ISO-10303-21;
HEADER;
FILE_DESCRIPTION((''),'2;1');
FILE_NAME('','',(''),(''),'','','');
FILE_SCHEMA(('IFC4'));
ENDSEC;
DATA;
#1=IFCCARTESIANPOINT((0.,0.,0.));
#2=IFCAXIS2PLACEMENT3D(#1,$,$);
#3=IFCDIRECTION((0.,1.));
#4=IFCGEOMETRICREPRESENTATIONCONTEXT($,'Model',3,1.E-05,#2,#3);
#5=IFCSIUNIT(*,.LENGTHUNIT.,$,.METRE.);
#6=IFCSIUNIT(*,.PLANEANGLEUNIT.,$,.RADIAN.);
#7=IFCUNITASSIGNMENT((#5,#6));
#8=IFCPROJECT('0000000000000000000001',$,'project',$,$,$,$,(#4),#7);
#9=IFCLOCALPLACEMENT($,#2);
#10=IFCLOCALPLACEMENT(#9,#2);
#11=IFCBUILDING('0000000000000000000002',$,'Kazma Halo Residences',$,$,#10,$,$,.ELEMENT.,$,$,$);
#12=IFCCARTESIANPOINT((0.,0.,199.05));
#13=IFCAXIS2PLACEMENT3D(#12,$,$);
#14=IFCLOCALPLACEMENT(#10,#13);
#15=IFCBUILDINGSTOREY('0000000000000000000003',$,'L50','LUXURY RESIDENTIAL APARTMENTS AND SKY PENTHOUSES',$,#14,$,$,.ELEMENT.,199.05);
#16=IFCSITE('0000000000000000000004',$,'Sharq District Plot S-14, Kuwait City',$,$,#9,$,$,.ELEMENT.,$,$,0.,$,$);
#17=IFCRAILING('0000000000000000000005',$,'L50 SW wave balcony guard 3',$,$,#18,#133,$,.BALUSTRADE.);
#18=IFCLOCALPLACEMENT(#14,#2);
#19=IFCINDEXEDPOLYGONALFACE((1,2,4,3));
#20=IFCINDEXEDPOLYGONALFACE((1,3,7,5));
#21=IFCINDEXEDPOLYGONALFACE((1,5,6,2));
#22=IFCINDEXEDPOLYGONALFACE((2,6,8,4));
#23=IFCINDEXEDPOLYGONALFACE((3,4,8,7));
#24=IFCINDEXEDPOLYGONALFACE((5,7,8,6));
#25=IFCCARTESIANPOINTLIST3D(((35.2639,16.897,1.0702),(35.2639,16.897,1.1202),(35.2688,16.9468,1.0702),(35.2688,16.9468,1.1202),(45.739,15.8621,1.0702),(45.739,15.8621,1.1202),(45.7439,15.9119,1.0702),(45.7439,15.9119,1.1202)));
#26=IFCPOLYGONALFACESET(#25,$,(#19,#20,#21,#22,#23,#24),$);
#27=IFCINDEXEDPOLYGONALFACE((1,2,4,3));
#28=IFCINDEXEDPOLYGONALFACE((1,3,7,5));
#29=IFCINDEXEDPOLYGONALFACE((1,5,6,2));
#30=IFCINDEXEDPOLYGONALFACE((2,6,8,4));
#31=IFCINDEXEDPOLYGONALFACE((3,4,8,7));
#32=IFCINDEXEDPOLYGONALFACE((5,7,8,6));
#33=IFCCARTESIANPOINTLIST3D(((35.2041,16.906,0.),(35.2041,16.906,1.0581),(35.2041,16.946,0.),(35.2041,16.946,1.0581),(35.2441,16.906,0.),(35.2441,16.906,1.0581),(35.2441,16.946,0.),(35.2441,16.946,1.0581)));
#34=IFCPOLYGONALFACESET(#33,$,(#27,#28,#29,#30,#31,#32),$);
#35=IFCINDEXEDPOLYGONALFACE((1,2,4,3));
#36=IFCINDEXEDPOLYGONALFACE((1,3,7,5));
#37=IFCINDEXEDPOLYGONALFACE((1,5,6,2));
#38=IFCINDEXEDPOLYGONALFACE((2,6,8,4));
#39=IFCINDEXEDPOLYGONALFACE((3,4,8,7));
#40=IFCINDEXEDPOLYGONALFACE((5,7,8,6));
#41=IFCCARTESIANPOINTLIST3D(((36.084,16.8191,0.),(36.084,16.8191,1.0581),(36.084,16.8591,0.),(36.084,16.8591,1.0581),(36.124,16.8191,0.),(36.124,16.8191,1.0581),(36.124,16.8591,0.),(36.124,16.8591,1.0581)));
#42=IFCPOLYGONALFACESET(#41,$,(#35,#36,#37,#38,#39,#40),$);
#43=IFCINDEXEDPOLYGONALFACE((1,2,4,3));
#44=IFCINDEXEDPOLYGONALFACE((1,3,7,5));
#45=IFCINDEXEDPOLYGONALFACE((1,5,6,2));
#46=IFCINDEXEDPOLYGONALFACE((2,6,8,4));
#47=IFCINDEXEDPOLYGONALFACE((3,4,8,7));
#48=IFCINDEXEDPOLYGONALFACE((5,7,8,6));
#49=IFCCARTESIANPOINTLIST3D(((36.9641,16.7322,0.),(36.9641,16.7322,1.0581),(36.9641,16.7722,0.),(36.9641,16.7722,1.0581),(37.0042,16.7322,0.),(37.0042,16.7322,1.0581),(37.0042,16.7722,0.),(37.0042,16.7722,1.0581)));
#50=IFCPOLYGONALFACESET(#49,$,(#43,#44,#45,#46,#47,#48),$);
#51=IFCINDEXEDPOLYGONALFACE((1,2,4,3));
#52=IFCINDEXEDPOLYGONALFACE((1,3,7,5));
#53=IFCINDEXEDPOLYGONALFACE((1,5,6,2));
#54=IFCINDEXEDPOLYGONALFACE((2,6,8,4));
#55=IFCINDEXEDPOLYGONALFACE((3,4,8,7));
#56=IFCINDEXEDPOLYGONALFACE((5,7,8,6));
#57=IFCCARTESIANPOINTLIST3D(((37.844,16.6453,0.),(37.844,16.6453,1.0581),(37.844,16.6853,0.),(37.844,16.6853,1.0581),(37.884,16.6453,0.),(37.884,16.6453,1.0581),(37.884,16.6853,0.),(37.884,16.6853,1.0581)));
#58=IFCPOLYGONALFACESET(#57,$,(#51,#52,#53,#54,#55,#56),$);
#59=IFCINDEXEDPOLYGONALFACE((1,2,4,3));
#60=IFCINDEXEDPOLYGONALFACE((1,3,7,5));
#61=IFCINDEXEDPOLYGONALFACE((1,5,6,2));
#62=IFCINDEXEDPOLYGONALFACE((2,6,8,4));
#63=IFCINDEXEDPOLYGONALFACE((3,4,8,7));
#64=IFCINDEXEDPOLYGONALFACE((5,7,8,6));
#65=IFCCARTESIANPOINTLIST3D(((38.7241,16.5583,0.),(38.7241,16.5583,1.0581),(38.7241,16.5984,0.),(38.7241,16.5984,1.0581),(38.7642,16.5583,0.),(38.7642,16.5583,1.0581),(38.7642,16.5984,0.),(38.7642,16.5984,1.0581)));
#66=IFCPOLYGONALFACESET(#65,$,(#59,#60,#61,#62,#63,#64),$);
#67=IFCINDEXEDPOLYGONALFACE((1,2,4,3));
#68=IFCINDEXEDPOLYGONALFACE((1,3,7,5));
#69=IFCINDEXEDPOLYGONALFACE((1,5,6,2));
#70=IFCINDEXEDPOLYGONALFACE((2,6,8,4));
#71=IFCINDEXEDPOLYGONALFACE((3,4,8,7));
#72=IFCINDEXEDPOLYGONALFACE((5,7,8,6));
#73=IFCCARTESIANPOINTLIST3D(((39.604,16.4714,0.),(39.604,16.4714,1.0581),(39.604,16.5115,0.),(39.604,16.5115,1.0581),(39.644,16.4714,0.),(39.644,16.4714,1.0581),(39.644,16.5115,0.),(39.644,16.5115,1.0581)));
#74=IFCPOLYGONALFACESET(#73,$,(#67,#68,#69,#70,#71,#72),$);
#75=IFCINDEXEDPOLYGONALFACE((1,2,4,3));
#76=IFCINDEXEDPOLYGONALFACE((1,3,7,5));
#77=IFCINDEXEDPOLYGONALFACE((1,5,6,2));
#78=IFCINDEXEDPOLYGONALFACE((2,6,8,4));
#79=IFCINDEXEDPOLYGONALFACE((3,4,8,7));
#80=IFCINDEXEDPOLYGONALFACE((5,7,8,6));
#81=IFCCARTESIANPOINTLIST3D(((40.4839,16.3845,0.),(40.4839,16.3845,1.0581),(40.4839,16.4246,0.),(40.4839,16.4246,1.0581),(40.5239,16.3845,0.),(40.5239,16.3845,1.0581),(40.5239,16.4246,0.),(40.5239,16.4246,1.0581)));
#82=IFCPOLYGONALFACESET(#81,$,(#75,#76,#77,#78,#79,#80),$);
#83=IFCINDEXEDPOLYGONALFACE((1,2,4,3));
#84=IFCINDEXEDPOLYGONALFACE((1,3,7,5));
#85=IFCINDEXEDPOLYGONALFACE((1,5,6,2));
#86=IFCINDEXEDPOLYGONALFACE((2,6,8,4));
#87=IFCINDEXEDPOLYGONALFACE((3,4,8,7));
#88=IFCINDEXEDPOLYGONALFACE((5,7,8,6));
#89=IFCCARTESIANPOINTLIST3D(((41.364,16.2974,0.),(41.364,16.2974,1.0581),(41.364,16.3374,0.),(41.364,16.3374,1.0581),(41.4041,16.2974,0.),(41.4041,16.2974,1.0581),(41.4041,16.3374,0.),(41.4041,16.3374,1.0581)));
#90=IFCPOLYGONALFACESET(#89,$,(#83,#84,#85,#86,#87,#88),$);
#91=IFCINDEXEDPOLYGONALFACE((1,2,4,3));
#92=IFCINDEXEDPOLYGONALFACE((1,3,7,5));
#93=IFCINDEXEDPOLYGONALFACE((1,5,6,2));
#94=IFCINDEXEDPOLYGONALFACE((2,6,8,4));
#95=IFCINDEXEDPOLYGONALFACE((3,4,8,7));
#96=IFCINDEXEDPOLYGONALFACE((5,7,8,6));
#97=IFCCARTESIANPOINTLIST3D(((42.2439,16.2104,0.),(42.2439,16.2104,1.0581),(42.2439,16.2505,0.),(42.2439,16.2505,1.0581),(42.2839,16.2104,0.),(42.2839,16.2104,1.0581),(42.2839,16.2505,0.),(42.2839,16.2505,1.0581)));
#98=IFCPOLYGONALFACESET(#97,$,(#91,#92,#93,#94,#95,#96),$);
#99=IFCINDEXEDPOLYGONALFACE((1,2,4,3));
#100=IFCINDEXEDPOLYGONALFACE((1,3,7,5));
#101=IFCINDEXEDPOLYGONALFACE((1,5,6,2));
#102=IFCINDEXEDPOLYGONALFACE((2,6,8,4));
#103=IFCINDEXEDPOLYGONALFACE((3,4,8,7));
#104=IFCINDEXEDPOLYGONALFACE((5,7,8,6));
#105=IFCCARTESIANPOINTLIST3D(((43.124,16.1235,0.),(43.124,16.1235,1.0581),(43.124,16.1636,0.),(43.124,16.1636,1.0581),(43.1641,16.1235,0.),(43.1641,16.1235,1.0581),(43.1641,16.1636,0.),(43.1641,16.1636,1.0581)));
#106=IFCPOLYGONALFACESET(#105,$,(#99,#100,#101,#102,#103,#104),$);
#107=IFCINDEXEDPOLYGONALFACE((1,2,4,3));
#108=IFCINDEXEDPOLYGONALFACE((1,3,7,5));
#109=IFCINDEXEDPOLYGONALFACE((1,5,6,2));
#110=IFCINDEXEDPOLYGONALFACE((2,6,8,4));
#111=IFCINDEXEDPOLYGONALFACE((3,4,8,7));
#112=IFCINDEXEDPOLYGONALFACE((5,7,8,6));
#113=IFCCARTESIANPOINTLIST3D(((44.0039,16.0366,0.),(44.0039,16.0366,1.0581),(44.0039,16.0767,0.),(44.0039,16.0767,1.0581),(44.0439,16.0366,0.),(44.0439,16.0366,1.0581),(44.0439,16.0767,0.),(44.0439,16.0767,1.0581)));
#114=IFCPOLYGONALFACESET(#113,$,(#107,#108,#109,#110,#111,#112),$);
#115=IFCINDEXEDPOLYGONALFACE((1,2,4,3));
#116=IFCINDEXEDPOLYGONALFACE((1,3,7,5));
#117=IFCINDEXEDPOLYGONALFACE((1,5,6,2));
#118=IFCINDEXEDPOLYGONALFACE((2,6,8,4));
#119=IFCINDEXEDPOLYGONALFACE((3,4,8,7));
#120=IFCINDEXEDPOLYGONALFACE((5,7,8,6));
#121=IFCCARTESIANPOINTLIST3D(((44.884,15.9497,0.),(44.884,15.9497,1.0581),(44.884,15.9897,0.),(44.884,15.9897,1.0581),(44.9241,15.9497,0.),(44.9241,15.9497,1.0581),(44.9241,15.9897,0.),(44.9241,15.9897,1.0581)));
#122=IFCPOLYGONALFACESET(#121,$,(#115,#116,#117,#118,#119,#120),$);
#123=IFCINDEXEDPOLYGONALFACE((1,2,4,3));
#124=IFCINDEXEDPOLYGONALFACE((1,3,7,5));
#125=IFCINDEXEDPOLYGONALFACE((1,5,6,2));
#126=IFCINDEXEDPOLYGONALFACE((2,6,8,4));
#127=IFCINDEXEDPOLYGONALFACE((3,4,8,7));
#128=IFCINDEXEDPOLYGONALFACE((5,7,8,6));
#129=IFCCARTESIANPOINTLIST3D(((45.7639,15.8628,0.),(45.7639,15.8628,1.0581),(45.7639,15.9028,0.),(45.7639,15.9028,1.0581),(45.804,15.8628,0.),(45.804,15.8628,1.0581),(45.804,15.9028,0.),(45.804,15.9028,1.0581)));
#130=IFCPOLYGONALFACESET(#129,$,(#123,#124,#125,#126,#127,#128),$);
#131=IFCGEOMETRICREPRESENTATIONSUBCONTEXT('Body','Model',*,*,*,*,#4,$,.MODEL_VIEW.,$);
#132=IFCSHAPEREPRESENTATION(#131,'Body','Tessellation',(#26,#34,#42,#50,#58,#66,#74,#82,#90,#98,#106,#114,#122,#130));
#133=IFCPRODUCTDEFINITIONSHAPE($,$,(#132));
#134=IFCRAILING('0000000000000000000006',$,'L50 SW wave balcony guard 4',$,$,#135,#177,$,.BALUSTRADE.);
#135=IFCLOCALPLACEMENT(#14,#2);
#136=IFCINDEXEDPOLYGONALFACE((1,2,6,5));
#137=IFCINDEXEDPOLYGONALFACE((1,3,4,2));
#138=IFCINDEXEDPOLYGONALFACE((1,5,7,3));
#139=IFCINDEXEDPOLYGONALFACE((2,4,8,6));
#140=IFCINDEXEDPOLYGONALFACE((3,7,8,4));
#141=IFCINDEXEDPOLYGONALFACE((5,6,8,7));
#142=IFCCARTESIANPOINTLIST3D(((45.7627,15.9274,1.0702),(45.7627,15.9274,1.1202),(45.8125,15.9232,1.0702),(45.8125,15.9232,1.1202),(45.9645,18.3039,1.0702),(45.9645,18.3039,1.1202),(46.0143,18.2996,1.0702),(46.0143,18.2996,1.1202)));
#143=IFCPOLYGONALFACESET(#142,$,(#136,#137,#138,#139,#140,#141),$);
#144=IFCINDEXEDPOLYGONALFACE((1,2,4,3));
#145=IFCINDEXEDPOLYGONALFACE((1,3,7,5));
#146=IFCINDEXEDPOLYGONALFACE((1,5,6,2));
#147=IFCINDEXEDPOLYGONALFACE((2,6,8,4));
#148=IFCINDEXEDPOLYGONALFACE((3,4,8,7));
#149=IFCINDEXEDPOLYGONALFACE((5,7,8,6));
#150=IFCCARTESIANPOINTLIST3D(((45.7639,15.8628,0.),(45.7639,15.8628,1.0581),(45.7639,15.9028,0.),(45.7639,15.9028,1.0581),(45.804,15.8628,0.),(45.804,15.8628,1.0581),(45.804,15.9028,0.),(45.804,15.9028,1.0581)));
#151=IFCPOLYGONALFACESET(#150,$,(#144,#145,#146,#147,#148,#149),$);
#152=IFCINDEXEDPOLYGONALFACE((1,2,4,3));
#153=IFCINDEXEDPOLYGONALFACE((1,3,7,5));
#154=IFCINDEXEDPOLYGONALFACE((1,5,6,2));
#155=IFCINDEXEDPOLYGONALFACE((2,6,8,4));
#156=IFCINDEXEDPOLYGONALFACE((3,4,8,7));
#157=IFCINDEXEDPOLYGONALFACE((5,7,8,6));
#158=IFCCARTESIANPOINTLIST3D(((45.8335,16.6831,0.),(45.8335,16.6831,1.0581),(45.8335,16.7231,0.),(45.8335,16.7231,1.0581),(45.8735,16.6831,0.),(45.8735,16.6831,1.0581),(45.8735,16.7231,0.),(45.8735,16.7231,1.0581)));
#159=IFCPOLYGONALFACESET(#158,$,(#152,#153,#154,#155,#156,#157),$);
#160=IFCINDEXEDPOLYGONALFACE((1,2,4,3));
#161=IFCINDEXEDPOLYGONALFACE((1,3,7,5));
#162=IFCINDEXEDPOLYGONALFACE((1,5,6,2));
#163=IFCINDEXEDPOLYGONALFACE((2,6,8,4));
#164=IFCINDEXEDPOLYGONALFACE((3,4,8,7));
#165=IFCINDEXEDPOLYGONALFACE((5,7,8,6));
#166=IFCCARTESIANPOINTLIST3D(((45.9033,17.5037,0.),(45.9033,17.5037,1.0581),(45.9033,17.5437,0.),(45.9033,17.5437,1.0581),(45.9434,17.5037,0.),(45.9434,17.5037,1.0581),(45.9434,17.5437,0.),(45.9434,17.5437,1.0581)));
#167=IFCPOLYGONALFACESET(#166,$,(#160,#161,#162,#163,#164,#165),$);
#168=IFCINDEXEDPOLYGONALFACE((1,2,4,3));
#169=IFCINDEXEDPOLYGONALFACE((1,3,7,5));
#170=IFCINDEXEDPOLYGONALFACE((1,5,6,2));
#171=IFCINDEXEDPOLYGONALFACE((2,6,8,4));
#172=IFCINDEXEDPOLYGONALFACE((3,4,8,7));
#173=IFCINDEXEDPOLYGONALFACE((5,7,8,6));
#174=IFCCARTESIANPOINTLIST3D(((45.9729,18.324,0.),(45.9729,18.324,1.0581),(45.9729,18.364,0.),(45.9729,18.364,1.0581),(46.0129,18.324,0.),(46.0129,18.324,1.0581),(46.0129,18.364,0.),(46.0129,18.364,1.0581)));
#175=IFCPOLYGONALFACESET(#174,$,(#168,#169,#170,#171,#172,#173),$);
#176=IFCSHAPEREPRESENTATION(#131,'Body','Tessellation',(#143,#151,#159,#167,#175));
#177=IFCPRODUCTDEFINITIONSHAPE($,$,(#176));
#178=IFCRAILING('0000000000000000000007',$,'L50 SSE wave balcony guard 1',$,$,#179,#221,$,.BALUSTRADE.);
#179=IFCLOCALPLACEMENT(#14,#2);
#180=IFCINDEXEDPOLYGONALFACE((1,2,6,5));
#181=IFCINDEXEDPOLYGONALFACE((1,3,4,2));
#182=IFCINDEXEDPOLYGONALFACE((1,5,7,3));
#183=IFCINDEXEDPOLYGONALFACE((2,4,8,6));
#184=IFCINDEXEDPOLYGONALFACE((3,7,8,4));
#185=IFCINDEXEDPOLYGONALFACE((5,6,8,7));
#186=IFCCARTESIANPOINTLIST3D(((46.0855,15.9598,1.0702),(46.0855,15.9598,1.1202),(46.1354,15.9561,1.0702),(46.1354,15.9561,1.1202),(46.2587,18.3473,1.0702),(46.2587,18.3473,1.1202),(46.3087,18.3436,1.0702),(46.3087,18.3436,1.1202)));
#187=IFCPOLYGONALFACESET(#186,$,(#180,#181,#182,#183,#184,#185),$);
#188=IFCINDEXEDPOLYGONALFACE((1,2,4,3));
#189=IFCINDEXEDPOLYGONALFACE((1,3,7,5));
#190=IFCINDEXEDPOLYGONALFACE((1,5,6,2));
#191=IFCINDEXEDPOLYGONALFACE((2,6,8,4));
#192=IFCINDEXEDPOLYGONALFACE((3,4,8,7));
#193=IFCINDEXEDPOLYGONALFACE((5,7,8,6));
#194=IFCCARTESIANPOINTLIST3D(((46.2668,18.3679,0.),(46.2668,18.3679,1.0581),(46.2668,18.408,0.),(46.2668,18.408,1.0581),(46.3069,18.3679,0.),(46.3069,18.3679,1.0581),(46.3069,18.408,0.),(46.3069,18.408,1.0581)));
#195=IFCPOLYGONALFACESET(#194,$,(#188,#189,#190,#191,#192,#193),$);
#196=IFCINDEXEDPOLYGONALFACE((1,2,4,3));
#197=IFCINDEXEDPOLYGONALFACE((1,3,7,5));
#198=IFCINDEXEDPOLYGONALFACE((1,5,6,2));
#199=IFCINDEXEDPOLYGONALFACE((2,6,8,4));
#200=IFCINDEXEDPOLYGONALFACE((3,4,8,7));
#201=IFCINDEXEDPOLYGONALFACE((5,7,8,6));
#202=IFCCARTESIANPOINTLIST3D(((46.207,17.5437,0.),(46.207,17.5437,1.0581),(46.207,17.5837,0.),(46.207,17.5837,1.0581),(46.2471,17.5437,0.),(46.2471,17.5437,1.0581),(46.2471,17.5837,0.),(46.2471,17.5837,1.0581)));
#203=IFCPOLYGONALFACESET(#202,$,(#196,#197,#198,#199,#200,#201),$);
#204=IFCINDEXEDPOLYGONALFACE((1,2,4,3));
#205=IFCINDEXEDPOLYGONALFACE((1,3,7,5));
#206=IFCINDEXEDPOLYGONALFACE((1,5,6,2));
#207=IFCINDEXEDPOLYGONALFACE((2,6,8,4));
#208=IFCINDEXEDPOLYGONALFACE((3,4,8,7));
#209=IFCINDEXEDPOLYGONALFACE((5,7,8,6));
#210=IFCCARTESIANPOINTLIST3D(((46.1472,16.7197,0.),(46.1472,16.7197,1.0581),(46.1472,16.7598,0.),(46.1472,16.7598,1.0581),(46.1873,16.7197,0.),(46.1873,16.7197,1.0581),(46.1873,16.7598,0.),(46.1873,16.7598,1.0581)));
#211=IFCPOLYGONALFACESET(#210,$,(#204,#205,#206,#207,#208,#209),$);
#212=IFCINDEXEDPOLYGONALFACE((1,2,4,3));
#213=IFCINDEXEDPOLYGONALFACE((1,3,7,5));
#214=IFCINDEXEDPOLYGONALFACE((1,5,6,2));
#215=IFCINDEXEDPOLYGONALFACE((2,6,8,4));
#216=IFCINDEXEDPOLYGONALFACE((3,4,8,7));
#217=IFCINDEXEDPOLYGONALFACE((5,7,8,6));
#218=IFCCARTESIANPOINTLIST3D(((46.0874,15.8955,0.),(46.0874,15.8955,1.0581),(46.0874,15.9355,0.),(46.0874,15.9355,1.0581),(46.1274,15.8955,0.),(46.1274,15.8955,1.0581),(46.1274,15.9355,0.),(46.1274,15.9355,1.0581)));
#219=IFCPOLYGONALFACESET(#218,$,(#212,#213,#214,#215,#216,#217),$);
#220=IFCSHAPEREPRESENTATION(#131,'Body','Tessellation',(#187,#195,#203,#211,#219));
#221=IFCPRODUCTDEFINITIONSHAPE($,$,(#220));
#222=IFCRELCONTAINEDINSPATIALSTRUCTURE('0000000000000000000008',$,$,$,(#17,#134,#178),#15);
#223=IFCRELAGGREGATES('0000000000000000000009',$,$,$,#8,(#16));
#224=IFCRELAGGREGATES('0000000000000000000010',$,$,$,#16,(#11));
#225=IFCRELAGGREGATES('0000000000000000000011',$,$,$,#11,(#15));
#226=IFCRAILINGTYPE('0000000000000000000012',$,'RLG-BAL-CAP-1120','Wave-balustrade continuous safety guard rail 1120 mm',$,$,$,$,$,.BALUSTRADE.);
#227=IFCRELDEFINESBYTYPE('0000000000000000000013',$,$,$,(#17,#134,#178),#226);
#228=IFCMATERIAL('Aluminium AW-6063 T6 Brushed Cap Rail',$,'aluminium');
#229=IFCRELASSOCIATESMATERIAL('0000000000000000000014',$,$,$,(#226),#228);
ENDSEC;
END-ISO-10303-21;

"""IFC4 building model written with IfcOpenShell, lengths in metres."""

from ifc_helpers import new_model, si_unit, direction, frame, origin, origin_2d, place, context, subcontext, project, spatial, rectangle, extrude, material, type_object, element, save


model = new_model("IFC4")

# Units and contexts
model_context = context("Model", 3, precision=1e-05, world=origin(), true_north=direction((0.0, 1.0)))
body_context = subcontext(model_context, "Body", "Model", "MODEL_VIEW")
ifc_project = project(units=[si_unit("LENGTHUNIT", "METRE"), si_unit("PLANEANGLEUNIT", "RADIAN")], contexts=[model_context])

# Site, building, storey
site_placement = place(None, origin())
site = spatial("IfcSite", under=ifc_project, at=site_placement, Name="Sharq District Plot S-14, Kuwait City", CompositionType="ELEMENT", RefElevation=0.0)
building_placement = place(site_placement, origin())
building = spatial("IfcBuilding", under=site, at=building_placement, Name="Kazma Halo Residences", CompositionType="ELEMENT")
storey_placement = place(building_placement, frame((0.0, 0.0, 199.05)))
storey = spatial("IfcBuildingStorey", under=building, at=storey_placement, Name="L50", Description="LUXURY RESIDENTIAL APARTMENTS AND SKY PENTHOUSES", CompositionType="ELEMENT", Elevation=199.05)

# Railings
ifc_material_1 = material(Name="Aluminium AW-6063 T6 Brushed Cap Rail", Category="aluminium")
railing_type = type_object("IfcRailingType", Name="RLG-BAL-CAP-1120", Description="Wave-balustrade continuous safety guard rail 1120 mm", PredefinedType="BALUSTRADE", material=ifc_material_1)
railing_1_placement = place(storey_placement, frame((35.2241, 16.926, 0.0)))
element("IfcRailing", 1, at=railing_1_placement, inside=storey, type_object=railing_type, Name="L50 SW wave balcony guard 3", PredefinedType="BALUSTRADE", context=body_context, shape_type="SweptSolid", body=[
    extrude(rectangle(XDim=0.05, YDim=0.05, at=origin_2d()), frame((0.0422, -0.0042, 1.0952), z_axis=(0.995156, -0.098312, 0.0), x_axis=(0.098312, 0.995156, 0.0)), (0.0, 0.0, 1.0), 10.5261),
    extrude(rectangle(XDim=0.04, YDim=0.04, at=origin_2d()), origin(), (0.0, 0.0, 1.0), 1.0581),
    extrude(rectangle(XDim=0.04, YDim=0.04, at=origin_2d()), frame((0.8799, -0.0869, 0.0)), (0.0, 0.0, 1.0), 1.0581),
    extrude(rectangle(XDim=0.04, YDim=0.04, at=origin_2d()), frame((1.76, -0.1738, 0.0)), (0.0, 0.0, 1.0), 1.0581),
    extrude(rectangle(XDim=0.04, YDim=0.04, at=origin_2d()), frame((2.6399, -0.2607, 0.0)), (0.0, 0.0, 1.0), 1.0581),
    extrude(rectangle(XDim=0.04, YDim=0.04, at=origin_2d()), frame((3.52, -0.3477, 0.0)), (0.0, 0.0, 1.0), 1.0581),
    extrude(rectangle(XDim=0.04, YDim=0.04, at=origin_2d()), frame((4.3999, -0.4346, 0.0)), (0.0, 0.0, 1.0), 1.0581),
    extrude(rectangle(XDim=0.04, YDim=0.04, at=origin_2d()), frame((5.2798, -0.5215, 0.0)), (0.0, 0.0, 1.0), 1.0581),
    extrude(rectangle(XDim=0.04, YDim=0.04, at=origin_2d()), frame((6.1599, -0.6086, 0.0)), (0.0, 0.0, 1.0), 1.0581),
    extrude(rectangle(XDim=0.04, YDim=0.04, at=origin_2d()), frame((7.0398, -0.6956, 0.0)), (0.0, 0.0, 1.0), 1.0581),
    extrude(rectangle(XDim=0.04, YDim=0.04, at=origin_2d()), frame((7.9199, -0.7825, 0.0)), (0.0, 0.0, 1.0), 1.0581),
    extrude(rectangle(XDim=0.04, YDim=0.04, at=origin_2d()), frame((8.7998, -0.8694, 0.0)), (0.0, 0.0, 1.0), 1.0581),
    extrude(rectangle(XDim=0.04, YDim=0.04, at=origin_2d()), frame((9.6799, -0.9563, 0.0)), (0.0, 0.0, 1.0), 1.0581),
    extrude(rectangle(XDim=0.04, YDim=0.04, at=origin_2d()), frame((10.5598, -1.0432, 0.0)), (0.0, 0.0, 1.0), 1.0581),
])
railing_2_placement = place(storey_placement, frame((45.7839, 15.8828, 0.0)))
element("IfcRailing", 2, at=railing_2_placement, inside=storey, type_object=railing_type, Name="L50 SW wave balcony guard 4", PredefinedType="BALUSTRADE", context=body_context, shape_type="SweptSolid", body=[
    extrude(rectangle(XDim=0.05, YDim=0.05, at=origin_2d()), frame((0.0037, 0.0425, 1.0952), z_axis=(0.084608, 0.996414, 0.0), x_axis=(-0.996414, 0.084608, 0.0)), (0.0, 0.0, 1.0), 2.385),
    extrude(rectangle(XDim=0.04, YDim=0.04, at=origin_2d()), origin(), (0.0, 0.0, 1.0), 1.0581),
    extrude(rectangle(XDim=0.04, YDim=0.04, at=origin_2d()), frame((0.0696, 0.8203, 0.0)), (0.0, 0.0, 1.0), 1.0581),
    extrude(rectangle(XDim=0.04, YDim=0.04, at=origin_2d()), frame((0.1394, 1.6409, 0.0)), (0.0, 0.0, 1.0), 1.0581),
    extrude(rectangle(XDim=0.04, YDim=0.04, at=origin_2d()), frame((0.209, 2.4612, 0.0)), (0.0, 0.0, 1.0), 1.0581),
])
railing_3_placement = place(storey_placement, frame((46.2869, 18.3879, 0.0)))
element("IfcRailing", 3, at=railing_3_placement, inside=storey, type_object=railing_type, Name="L50 SSE wave balcony guard 1", PredefinedType="BALUSTRADE", context=body_context, shape_type="SweptSolid", body=[
    extrude(rectangle(XDim=0.05, YDim=0.05, at=origin_2d()), frame((-0.0032, -0.0425, 1.0952), z_axis=(-0.072388, -0.997377, 0.0), x_axis=(0.997377, -0.072388, 0.0)), (0.0, 0.0, 1.0), 2.3938),
    extrude(rectangle(XDim=0.04, YDim=0.04, at=origin_2d()), origin(), (0.0, 0.0, 1.0), 1.0581),
    extrude(rectangle(XDim=0.04, YDim=0.04, at=origin_2d()), frame((-0.0598, -0.8242, 0.0)), (0.0, 0.0, 1.0), 1.0581),
    extrude(rectangle(XDim=0.04, YDim=0.04, at=origin_2d()), frame((-0.1196, -1.6482, 0.0)), (0.0, 0.0, 1.0), 1.0581),
    extrude(rectangle(XDim=0.04, YDim=0.04, at=origin_2d()), frame((-0.1794, -2.4724, 0.0)), (0.0, 0.0, 1.0), 1.0581),
])

save(model, "model.ifc")
